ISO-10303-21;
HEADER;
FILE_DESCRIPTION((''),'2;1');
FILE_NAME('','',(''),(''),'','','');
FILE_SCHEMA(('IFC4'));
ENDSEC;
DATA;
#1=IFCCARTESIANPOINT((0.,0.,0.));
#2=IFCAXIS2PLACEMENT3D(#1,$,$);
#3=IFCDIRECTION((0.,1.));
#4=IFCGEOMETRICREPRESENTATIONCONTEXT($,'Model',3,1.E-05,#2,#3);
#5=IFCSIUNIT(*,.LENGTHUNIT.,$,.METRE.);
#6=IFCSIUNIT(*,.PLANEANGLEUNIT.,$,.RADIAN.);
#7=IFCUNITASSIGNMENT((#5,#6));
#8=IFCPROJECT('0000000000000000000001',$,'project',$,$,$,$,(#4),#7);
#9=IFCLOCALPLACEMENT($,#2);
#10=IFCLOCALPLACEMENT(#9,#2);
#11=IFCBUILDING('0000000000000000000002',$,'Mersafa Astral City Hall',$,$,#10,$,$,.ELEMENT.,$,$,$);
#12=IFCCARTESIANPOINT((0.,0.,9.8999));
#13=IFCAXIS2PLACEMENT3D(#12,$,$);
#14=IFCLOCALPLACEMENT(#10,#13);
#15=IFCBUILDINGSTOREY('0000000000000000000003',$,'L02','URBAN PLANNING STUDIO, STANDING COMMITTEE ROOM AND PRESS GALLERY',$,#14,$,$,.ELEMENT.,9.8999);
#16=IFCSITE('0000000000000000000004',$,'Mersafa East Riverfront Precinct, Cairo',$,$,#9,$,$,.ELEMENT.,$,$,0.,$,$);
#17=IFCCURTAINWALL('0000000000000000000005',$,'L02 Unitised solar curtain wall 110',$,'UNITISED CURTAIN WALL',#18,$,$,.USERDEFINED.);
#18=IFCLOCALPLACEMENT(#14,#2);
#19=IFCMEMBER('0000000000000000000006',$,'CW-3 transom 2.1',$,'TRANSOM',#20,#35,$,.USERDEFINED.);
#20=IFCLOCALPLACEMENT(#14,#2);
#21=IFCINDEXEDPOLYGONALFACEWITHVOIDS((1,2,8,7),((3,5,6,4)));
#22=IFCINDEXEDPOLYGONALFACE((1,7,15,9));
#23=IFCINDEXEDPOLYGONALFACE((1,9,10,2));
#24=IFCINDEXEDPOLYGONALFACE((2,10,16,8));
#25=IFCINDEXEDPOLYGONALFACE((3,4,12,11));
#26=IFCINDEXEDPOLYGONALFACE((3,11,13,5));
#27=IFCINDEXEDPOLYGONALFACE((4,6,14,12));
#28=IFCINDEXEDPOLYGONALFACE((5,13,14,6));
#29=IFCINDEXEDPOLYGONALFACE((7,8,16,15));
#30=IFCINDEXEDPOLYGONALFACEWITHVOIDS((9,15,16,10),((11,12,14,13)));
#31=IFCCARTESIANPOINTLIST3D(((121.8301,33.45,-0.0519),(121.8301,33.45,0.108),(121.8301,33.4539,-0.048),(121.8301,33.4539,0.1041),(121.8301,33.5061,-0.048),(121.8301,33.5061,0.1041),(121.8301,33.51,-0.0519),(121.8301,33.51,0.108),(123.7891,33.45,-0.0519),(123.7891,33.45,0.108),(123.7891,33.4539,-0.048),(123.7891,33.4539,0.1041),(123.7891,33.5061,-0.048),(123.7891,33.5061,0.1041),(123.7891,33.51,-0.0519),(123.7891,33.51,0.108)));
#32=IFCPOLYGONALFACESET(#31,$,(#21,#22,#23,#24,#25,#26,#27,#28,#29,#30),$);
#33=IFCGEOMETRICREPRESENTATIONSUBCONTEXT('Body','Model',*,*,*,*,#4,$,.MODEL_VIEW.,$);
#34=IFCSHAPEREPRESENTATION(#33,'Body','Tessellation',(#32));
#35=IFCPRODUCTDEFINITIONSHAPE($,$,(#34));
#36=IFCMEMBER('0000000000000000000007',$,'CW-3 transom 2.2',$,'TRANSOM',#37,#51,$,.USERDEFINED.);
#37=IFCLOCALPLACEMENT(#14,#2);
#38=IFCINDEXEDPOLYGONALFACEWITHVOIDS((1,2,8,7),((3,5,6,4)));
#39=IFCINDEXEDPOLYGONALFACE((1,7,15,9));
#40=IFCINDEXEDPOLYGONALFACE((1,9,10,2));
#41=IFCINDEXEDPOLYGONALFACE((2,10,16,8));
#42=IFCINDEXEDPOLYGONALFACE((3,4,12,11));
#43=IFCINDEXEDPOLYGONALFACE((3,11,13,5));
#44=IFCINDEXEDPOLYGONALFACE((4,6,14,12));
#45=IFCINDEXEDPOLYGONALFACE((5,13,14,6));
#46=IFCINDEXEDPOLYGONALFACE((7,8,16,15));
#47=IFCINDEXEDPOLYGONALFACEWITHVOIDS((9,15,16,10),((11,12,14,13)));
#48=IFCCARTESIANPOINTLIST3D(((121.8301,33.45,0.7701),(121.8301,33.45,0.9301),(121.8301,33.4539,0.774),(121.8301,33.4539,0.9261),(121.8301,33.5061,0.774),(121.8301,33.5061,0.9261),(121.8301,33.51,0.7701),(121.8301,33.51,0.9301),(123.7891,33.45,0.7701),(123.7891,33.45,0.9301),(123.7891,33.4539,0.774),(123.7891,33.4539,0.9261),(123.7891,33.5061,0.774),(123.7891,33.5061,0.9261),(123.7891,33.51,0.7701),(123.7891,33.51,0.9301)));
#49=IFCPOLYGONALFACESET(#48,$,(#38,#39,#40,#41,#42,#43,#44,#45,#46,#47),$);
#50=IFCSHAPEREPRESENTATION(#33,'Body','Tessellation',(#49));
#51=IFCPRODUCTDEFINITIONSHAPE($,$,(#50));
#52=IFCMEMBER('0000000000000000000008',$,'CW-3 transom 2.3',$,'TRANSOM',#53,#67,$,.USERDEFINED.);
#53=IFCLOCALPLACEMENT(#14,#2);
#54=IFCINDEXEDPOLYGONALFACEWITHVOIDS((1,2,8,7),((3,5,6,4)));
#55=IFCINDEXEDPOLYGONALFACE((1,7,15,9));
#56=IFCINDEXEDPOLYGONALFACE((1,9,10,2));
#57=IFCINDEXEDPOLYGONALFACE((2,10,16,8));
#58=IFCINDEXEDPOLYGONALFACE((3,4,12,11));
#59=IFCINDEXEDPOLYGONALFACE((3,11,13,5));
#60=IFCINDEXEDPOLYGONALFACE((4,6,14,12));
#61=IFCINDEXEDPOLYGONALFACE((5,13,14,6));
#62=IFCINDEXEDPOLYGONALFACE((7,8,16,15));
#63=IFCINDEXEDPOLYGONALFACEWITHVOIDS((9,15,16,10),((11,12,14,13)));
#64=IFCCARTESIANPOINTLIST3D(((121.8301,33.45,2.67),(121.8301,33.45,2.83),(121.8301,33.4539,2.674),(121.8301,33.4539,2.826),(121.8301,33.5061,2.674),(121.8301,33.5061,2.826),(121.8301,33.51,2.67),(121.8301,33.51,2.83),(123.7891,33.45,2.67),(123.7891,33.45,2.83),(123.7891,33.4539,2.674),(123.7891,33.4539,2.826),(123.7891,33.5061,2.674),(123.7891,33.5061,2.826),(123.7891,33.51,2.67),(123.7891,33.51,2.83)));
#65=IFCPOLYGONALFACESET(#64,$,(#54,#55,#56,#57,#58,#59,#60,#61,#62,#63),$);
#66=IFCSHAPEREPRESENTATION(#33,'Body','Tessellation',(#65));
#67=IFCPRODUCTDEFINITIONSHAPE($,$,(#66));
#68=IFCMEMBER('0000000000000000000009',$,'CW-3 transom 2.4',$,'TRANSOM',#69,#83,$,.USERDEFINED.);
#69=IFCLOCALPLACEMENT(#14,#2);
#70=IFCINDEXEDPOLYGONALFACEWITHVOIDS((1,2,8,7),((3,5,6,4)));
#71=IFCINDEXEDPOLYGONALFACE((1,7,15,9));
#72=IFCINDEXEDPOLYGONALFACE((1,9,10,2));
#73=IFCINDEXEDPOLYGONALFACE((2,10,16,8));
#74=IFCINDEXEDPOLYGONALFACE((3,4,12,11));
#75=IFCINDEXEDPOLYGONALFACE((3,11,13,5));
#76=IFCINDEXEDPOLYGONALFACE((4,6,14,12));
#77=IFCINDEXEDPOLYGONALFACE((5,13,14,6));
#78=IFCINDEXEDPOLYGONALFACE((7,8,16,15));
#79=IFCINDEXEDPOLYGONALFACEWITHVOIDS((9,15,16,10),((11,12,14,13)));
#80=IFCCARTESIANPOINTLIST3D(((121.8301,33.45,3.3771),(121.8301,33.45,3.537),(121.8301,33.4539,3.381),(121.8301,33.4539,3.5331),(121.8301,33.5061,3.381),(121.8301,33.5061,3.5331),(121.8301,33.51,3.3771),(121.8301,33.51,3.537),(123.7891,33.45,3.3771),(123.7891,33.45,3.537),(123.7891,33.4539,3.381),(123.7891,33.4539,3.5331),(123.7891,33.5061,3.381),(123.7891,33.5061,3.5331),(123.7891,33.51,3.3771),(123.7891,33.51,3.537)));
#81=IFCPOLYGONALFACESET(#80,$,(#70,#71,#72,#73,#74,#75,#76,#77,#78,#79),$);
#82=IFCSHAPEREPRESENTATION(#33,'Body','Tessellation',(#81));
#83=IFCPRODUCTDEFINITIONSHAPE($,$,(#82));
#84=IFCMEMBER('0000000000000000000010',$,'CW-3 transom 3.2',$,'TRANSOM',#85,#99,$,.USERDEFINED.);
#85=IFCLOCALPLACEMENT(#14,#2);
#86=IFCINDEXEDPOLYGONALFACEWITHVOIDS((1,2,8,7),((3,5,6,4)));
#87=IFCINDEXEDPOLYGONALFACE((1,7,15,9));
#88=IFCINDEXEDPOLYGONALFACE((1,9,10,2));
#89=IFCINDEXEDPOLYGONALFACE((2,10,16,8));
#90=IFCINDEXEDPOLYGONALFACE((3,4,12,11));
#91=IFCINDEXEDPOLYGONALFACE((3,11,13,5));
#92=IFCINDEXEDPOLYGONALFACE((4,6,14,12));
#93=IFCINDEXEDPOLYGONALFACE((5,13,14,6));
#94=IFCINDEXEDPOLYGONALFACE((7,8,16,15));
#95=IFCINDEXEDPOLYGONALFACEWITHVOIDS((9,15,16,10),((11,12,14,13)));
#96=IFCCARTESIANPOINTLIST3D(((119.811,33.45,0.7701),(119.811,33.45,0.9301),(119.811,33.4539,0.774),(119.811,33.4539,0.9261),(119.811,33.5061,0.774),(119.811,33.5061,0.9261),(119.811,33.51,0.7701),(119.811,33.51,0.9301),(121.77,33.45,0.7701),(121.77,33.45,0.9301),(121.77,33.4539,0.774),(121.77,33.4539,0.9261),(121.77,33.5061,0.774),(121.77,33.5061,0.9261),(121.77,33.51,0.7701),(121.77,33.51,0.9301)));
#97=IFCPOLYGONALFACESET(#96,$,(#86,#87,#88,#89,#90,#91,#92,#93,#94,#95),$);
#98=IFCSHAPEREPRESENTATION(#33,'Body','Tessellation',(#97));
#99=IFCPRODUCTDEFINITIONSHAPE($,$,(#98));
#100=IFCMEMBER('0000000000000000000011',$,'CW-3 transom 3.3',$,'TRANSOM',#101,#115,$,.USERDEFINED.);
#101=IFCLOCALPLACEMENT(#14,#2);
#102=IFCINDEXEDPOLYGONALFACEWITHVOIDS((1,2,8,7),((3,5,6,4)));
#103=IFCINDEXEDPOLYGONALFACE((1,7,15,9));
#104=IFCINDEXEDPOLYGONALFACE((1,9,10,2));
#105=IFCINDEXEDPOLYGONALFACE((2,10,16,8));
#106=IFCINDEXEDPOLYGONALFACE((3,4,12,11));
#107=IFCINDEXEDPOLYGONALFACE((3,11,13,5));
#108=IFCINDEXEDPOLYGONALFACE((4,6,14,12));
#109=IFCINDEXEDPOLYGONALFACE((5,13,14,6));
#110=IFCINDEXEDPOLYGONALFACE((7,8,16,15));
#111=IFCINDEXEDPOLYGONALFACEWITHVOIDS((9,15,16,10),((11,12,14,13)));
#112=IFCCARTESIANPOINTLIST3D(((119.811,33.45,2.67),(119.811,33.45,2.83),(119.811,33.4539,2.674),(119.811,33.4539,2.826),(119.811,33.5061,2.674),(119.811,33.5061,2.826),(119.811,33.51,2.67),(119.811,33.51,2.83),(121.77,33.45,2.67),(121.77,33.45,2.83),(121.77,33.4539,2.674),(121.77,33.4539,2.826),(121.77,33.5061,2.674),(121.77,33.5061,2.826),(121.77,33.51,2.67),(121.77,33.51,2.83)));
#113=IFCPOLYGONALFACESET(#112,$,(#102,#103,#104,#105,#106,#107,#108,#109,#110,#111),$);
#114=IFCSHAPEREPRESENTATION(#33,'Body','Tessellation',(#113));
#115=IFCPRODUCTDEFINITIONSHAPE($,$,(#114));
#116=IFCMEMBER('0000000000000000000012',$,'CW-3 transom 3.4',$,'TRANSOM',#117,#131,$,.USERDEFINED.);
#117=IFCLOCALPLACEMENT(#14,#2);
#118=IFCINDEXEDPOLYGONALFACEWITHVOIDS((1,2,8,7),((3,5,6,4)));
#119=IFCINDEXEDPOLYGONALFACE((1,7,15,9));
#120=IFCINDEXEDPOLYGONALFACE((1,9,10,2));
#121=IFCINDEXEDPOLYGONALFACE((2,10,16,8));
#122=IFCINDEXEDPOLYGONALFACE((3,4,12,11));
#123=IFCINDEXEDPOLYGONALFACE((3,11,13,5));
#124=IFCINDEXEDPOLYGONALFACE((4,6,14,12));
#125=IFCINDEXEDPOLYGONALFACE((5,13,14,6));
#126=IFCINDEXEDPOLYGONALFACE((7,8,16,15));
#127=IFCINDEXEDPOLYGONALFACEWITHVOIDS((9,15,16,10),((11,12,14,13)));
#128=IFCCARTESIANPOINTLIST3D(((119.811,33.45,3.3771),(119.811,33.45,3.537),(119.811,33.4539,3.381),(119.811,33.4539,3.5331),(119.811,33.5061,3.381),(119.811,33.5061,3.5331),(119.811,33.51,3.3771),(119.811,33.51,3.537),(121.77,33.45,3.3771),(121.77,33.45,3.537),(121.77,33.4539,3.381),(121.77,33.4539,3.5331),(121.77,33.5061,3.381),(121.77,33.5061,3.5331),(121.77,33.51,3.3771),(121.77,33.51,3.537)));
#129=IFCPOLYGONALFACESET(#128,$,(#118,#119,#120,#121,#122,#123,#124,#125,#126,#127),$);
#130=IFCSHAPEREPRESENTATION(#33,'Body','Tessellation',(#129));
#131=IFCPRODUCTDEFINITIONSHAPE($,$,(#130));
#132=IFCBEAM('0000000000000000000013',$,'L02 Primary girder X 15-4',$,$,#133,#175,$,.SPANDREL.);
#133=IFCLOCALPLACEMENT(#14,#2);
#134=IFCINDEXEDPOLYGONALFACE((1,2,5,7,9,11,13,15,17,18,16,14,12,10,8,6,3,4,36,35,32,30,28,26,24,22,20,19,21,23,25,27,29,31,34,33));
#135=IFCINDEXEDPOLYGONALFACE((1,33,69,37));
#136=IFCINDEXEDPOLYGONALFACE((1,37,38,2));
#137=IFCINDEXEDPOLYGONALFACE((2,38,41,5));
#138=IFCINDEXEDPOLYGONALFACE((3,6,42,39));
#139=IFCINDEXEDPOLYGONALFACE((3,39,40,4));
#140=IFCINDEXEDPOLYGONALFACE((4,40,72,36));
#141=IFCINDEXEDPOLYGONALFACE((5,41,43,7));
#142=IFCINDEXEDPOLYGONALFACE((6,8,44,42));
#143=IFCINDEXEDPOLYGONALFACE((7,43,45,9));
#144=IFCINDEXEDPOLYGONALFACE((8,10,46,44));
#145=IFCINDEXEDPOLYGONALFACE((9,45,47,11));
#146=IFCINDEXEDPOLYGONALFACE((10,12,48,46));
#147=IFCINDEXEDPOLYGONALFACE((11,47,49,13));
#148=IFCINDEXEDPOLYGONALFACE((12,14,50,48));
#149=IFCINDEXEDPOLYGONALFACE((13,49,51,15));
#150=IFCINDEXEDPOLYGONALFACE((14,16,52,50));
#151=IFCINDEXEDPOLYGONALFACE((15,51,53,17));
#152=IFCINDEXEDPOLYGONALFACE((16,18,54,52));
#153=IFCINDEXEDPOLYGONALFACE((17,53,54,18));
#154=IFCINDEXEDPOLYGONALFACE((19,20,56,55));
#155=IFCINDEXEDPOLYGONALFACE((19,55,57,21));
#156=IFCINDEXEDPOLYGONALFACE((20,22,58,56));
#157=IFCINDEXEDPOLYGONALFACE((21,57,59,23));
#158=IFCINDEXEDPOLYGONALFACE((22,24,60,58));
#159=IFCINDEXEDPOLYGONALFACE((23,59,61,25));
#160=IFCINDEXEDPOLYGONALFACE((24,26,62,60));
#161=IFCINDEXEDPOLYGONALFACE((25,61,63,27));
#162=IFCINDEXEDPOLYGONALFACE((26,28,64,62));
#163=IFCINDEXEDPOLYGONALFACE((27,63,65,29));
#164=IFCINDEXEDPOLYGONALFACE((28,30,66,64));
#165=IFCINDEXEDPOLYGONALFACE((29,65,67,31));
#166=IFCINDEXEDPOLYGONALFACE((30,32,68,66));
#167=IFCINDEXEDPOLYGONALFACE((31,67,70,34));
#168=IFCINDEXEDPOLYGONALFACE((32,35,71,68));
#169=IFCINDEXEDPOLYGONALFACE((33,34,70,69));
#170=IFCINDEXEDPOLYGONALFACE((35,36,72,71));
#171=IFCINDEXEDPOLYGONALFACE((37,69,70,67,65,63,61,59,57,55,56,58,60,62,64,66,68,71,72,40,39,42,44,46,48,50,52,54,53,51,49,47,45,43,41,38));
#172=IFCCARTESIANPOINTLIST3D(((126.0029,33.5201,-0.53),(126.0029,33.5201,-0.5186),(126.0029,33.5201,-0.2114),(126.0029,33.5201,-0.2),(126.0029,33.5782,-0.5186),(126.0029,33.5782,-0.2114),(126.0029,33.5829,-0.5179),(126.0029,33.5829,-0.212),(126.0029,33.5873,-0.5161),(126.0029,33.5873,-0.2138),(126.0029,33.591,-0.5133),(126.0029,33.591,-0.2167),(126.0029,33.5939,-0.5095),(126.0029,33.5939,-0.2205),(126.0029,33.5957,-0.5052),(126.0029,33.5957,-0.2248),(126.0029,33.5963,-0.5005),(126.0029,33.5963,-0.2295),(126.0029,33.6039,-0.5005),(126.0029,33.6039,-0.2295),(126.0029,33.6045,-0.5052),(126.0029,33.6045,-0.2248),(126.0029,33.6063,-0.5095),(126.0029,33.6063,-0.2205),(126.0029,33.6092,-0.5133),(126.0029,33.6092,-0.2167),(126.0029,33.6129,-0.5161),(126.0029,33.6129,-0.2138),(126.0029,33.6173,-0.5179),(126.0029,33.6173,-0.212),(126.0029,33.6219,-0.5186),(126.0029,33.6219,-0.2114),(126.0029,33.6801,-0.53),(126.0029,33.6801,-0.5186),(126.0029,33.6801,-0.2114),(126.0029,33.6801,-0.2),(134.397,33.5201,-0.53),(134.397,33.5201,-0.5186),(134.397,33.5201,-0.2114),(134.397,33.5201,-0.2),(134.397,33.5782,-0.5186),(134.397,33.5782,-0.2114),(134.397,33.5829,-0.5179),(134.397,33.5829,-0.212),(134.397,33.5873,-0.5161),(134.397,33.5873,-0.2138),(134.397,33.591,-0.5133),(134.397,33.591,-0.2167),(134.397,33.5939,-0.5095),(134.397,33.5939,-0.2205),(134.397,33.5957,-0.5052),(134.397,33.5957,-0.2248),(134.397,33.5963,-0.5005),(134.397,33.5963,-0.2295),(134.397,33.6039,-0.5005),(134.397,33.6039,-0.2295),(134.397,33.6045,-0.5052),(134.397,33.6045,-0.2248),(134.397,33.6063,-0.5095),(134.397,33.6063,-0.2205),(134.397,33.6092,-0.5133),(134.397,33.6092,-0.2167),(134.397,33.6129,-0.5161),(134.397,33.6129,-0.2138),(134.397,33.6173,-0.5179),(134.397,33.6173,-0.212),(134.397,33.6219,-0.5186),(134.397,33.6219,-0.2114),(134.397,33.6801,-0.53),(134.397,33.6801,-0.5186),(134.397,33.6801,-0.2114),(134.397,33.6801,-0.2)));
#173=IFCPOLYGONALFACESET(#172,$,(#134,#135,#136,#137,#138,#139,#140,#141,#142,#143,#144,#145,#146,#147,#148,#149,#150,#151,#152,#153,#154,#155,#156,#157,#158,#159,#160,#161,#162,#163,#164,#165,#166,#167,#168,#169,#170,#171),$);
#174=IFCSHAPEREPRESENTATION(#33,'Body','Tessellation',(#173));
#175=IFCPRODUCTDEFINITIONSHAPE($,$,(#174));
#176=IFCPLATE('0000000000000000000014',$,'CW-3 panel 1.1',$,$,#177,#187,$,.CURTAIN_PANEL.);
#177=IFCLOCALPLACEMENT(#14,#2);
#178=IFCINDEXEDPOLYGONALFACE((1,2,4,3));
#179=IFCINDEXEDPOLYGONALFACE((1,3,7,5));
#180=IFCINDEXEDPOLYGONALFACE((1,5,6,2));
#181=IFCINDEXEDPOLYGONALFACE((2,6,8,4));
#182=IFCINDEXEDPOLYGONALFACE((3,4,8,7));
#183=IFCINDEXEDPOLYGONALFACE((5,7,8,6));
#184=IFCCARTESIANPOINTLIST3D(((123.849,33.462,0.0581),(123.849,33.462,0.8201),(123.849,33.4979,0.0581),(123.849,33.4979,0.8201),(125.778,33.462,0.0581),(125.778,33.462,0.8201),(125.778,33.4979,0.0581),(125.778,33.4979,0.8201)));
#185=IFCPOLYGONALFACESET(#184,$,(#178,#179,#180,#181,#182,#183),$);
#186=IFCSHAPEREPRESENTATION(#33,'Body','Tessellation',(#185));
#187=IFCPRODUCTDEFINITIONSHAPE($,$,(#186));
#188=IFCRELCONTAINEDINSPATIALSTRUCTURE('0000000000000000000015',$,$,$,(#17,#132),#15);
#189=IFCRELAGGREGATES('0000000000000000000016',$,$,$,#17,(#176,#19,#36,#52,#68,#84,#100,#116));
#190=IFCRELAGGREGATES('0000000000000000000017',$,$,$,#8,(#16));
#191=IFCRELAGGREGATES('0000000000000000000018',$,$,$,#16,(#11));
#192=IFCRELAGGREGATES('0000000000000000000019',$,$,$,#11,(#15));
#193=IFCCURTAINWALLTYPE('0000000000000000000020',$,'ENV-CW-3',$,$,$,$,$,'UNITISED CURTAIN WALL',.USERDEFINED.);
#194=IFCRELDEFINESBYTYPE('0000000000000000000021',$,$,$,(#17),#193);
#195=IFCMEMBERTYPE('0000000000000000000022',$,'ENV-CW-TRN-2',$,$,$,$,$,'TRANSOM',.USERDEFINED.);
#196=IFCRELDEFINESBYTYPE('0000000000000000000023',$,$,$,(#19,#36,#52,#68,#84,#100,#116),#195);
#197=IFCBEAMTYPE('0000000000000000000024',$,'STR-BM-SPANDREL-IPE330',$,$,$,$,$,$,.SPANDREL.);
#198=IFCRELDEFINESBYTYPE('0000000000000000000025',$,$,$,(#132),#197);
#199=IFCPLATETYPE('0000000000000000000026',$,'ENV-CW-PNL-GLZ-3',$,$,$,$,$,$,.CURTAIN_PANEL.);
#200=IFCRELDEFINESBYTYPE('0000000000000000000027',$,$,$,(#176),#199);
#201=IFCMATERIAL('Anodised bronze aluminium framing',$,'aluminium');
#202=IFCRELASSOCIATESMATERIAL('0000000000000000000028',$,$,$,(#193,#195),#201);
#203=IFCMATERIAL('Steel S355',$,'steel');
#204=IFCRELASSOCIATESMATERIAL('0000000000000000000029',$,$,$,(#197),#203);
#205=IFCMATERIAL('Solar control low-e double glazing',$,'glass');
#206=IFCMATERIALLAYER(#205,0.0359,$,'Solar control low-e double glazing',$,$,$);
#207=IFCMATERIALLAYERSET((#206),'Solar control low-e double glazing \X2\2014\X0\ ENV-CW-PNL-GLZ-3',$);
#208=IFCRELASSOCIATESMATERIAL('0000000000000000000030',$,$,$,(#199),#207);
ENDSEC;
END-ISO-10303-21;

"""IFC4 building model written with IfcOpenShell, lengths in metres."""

from ifc_helpers import new_model, si_unit, direction, frame, origin, origin_2d, place, context, subcontext, project, spatial, rectangle, hollow_rectangle, i_section, extrude, material, layer, layer_set, material_profile, profile_set, type_object, element, aggregate, save


model = new_model("IFC4")

# Units and contexts
model_context = context("Model", 3, precision=1e-05, world=origin(), true_north=direction((0.0, 1.0)))
body_context = subcontext(model_context, "Body", "Model", "MODEL_VIEW")
ifc_project = project(units=[si_unit("LENGTHUNIT", "METRE"), si_unit("PLANEANGLEUNIT", "RADIAN")], contexts=[model_context])

# Site, building, storey
site_placement = place(None, origin())
site = spatial("IfcSite", under=ifc_project, at=site_placement, Name="Mersafa East Riverfront Precinct, Cairo", CompositionType="ELEMENT", RefElevation=0.0)
building_placement = place(site_placement, origin())
building = spatial("IfcBuilding", under=site, at=building_placement, Name="Mersafa Astral City Hall", CompositionType="ELEMENT")
storey_placement = place(building_placement, frame((0.0, 0.0, 9.8999)))
storey = spatial("IfcBuildingStorey", under=building, at=storey_placement, Name="L02", Description="URBAN PLANNING STUDIO, STANDING COMMITTEE ROOM AND PRESS GALLERY", CompositionType="ELEMENT", Elevation=9.8999)

# Shared definitions
ifc_material_1 = material(Name="Steel S355", Category="steel")

# Shared definitions
ifc_material_2 = material(Name="Anodised bronze aluminium framing", Category="aluminium")

# Curtain wall, members
curtain_wall_type_1 = type_object("IfcCurtainWallType", Name="ENV-CW-3", ElementType="UNITISED CURTAIN WALL", PredefinedType="USERDEFINED", material=ifc_material_2)
curtain_wall_1_placement = place(storey_placement, origin())
curtain_wall_1 = element("IfcCurtainWall", 1, at=curtain_wall_1_placement, inside=storey, type_object=curtain_wall_type_1, Name="L02 Unitised solar curtain wall 110", ObjectType="UNITISED CURTAIN WALL", PredefinedType="USERDEFINED")
ifc_material_profile_1 = material_profile(ifc_material_2, hollow_rectangle(XDim=0.0601, YDim=0.1599, WallThickness=0.0039, at=origin_2d()), Name="RHS 60x160x4")
ifc_profile_set_1 = profile_set([ifc_material_profile_1], Name="Anodised bronze aluminium framing")
member_type_1 = type_object("IfcMemberType", Name="ENV-CW-TRN-2", ElementType="TRANSOM", PredefinedType="USERDEFINED", material=ifc_profile_set_1)
member_1_placement = place(storey_placement, frame((123.7891, 33.48, 0.0281), z_axis=(-1.0, 0.0, 0.0), x_axis=(0.0, -1.0, 0.0)))
member_1 = element("IfcMember", 2, at=member_1_placement, type_object=member_type_1, Name="CW-3 transom 2.1", ObjectType="TRANSOM", PredefinedType="USERDEFINED", context=body_context, shape_type="SweptSolid", body=[
    extrude(hollow_rectangle(XDim=0.0601, YDim=0.1599, WallThickness=0.0039, at=origin_2d()), origin(), (0.0, 0.0, 1.0), 1.959),
])
member_2_placement = place(storey_placement, frame((123.7891, 33.48, 0.8501), z_axis=(-1.0, 0.0, 0.0), x_axis=(0.0, -1.0, 0.0)))
member_2 = element("IfcMember", 3, at=member_2_placement, type_object=member_type_1, Name="CW-3 transom 2.2", ObjectType="TRANSOM", PredefinedType="USERDEFINED", context=body_context, shape_type="SweptSolid", body=[
    extrude(hollow_rectangle(XDim=0.0601, YDim=0.1599, WallThickness=0.0039, at=origin_2d()), origin(), (0.0, 0.0, 1.0), 1.959),
])
member_3_placement = place(storey_placement, frame((123.7891, 33.48, 2.75), z_axis=(-1.0, 0.0, 0.0), x_axis=(0.0, -1.0, 0.0)))
member_3 = element("IfcMember", 4, at=member_3_placement, type_object=member_type_1, Name="CW-3 transom 2.3", ObjectType="TRANSOM", PredefinedType="USERDEFINED", context=body_context, shape_type="SweptSolid", body=[
    extrude(hollow_rectangle(XDim=0.0601, YDim=0.1599, WallThickness=0.0039, at=origin_2d()), origin(), (0.0, 0.0, 1.0), 1.959),
])
member_4_placement = place(storey_placement, frame((123.7891, 33.48, 3.457), z_axis=(-1.0, 0.0, 0.0), x_axis=(0.0, -1.0, 0.0)))
member_4 = element("IfcMember", 5, at=member_4_placement, type_object=member_type_1, Name="CW-3 transom 2.4", ObjectType="TRANSOM", PredefinedType="USERDEFINED", context=body_context, shape_type="SweptSolid", body=[
    extrude(hollow_rectangle(XDim=0.0601, YDim=0.1599, WallThickness=0.0039, at=origin_2d()), origin(), (0.0, 0.0, 1.0), 1.959),
])
member_5_placement = place(storey_placement, frame((121.77, 33.48, 0.8501), z_axis=(-1.0, 0.0, 0.0), x_axis=(0.0, -1.0, 0.0)))
member_5 = element("IfcMember", 6, at=member_5_placement, type_object=member_type_1, Name="CW-3 transom 3.2", ObjectType="TRANSOM", PredefinedType="USERDEFINED", context=body_context, shape_type="SweptSolid", body=[
    extrude(hollow_rectangle(XDim=0.0601, YDim=0.1599, WallThickness=0.0039, at=origin_2d()), origin(), (0.0, 0.0, 1.0), 1.959),
])
member_6_placement = place(storey_placement, frame((121.77, 33.48, 2.75), z_axis=(-1.0, 0.0, 0.0), x_axis=(0.0, -1.0, 0.0)))
member_6 = element("IfcMember", 7, at=member_6_placement, type_object=member_type_1, Name="CW-3 transom 3.3", ObjectType="TRANSOM", PredefinedType="USERDEFINED", context=body_context, shape_type="SweptSolid", body=[
    extrude(hollow_rectangle(XDim=0.0601, YDim=0.1599, WallThickness=0.0039, at=origin_2d()), origin(), (0.0, 0.0, 1.0), 1.959),
])
member_7_placement = place(storey_placement, frame((121.77, 33.48, 3.457), z_axis=(-1.0, 0.0, 0.0), x_axis=(0.0, -1.0, 0.0)))
member_7 = element("IfcMember", 8, at=member_7_placement, type_object=member_type_1, Name="CW-3 transom 3.4", ObjectType="TRANSOM", PredefinedType="USERDEFINED", context=body_context, shape_type="SweptSolid", body=[
    extrude(hollow_rectangle(XDim=0.0601, YDim=0.1599, WallThickness=0.0039, at=origin_2d()), origin(), (0.0, 0.0, 1.0), 1.959),
])

# Beam
ifc_material_profile_2 = material_profile(ifc_material_1, i_section(OverallWidth=0.1599, OverallDepth=0.3301, WebThickness=0.0076, FlangeThickness=0.0115, FilletRadius=0.0181, at=origin_2d()), Name="IPE 330")
ifc_profile_set_2 = profile_set([ifc_material_profile_2], Name="Steel S355")
beam_type = type_object("IfcBeamType", Name="STR-BM-SPANDREL-IPE330", PredefinedType="SPANDREL", material=ifc_profile_set_2)
beam_placement = place(storey_placement, frame((126.0029, 33.6001, -0.365), z_axis=(1.0, 0.0, 0.0), x_axis=(0.0, 1.0, 0.0)))
element("IfcBeam", 9, at=beam_placement, inside=storey, type_object=beam_type, Name="L02 Primary girder X 15-4", PredefinedType="SPANDREL", context=body_context, shape_type="SweptSolid", body=[
    extrude(i_section(OverallWidth=0.1599, OverallDepth=0.3301, WebThickness=0.0076, FlangeThickness=0.0115, FilletRadius=0.0181, at=origin_2d()), origin(), (0.0, 0.0, 1.0), 8.394),
])

# Plate
ifc_material_3 = material(Name="Solar control low-e double glazing", Category="glass")
ifc_layer = layer(ifc_material_3, 0.0359, Name="Solar control low-e double glazing")
ifc_layer_set = layer_set([ifc_layer], Name="Solar control low-e double glazing — ENV-CW-PNL-GLZ-3")
plate_type = type_object("IfcPlateType", Name="ENV-CW-PNL-GLZ-3", PredefinedType="CURTAIN_PANEL", material=ifc_layer_set)
plate_1_placement = place(storey_placement, frame((124.8135, 33.48, 0.0581), z_axis=(0.0, 0.0, 1.0), x_axis=(-1.0, 0.0, 0.0)))
plate_1 = element("IfcPlate", 10, at=plate_1_placement, type_object=plate_type, Name="CW-3 panel 1.1", PredefinedType="CURTAIN_PANEL", context=body_context, shape_type="SweptSolid", body=[
    extrude(rectangle(XDim=1.929, YDim=0.0359, at=origin_2d()), origin(), (0.0, 0.0, 1.0), 0.762),
])
aggregate(curtain_wall_1, [plate_1, member_1, member_2, member_3, member_4, member_5, member_6, member_7])

save(model, "model.ifc")
